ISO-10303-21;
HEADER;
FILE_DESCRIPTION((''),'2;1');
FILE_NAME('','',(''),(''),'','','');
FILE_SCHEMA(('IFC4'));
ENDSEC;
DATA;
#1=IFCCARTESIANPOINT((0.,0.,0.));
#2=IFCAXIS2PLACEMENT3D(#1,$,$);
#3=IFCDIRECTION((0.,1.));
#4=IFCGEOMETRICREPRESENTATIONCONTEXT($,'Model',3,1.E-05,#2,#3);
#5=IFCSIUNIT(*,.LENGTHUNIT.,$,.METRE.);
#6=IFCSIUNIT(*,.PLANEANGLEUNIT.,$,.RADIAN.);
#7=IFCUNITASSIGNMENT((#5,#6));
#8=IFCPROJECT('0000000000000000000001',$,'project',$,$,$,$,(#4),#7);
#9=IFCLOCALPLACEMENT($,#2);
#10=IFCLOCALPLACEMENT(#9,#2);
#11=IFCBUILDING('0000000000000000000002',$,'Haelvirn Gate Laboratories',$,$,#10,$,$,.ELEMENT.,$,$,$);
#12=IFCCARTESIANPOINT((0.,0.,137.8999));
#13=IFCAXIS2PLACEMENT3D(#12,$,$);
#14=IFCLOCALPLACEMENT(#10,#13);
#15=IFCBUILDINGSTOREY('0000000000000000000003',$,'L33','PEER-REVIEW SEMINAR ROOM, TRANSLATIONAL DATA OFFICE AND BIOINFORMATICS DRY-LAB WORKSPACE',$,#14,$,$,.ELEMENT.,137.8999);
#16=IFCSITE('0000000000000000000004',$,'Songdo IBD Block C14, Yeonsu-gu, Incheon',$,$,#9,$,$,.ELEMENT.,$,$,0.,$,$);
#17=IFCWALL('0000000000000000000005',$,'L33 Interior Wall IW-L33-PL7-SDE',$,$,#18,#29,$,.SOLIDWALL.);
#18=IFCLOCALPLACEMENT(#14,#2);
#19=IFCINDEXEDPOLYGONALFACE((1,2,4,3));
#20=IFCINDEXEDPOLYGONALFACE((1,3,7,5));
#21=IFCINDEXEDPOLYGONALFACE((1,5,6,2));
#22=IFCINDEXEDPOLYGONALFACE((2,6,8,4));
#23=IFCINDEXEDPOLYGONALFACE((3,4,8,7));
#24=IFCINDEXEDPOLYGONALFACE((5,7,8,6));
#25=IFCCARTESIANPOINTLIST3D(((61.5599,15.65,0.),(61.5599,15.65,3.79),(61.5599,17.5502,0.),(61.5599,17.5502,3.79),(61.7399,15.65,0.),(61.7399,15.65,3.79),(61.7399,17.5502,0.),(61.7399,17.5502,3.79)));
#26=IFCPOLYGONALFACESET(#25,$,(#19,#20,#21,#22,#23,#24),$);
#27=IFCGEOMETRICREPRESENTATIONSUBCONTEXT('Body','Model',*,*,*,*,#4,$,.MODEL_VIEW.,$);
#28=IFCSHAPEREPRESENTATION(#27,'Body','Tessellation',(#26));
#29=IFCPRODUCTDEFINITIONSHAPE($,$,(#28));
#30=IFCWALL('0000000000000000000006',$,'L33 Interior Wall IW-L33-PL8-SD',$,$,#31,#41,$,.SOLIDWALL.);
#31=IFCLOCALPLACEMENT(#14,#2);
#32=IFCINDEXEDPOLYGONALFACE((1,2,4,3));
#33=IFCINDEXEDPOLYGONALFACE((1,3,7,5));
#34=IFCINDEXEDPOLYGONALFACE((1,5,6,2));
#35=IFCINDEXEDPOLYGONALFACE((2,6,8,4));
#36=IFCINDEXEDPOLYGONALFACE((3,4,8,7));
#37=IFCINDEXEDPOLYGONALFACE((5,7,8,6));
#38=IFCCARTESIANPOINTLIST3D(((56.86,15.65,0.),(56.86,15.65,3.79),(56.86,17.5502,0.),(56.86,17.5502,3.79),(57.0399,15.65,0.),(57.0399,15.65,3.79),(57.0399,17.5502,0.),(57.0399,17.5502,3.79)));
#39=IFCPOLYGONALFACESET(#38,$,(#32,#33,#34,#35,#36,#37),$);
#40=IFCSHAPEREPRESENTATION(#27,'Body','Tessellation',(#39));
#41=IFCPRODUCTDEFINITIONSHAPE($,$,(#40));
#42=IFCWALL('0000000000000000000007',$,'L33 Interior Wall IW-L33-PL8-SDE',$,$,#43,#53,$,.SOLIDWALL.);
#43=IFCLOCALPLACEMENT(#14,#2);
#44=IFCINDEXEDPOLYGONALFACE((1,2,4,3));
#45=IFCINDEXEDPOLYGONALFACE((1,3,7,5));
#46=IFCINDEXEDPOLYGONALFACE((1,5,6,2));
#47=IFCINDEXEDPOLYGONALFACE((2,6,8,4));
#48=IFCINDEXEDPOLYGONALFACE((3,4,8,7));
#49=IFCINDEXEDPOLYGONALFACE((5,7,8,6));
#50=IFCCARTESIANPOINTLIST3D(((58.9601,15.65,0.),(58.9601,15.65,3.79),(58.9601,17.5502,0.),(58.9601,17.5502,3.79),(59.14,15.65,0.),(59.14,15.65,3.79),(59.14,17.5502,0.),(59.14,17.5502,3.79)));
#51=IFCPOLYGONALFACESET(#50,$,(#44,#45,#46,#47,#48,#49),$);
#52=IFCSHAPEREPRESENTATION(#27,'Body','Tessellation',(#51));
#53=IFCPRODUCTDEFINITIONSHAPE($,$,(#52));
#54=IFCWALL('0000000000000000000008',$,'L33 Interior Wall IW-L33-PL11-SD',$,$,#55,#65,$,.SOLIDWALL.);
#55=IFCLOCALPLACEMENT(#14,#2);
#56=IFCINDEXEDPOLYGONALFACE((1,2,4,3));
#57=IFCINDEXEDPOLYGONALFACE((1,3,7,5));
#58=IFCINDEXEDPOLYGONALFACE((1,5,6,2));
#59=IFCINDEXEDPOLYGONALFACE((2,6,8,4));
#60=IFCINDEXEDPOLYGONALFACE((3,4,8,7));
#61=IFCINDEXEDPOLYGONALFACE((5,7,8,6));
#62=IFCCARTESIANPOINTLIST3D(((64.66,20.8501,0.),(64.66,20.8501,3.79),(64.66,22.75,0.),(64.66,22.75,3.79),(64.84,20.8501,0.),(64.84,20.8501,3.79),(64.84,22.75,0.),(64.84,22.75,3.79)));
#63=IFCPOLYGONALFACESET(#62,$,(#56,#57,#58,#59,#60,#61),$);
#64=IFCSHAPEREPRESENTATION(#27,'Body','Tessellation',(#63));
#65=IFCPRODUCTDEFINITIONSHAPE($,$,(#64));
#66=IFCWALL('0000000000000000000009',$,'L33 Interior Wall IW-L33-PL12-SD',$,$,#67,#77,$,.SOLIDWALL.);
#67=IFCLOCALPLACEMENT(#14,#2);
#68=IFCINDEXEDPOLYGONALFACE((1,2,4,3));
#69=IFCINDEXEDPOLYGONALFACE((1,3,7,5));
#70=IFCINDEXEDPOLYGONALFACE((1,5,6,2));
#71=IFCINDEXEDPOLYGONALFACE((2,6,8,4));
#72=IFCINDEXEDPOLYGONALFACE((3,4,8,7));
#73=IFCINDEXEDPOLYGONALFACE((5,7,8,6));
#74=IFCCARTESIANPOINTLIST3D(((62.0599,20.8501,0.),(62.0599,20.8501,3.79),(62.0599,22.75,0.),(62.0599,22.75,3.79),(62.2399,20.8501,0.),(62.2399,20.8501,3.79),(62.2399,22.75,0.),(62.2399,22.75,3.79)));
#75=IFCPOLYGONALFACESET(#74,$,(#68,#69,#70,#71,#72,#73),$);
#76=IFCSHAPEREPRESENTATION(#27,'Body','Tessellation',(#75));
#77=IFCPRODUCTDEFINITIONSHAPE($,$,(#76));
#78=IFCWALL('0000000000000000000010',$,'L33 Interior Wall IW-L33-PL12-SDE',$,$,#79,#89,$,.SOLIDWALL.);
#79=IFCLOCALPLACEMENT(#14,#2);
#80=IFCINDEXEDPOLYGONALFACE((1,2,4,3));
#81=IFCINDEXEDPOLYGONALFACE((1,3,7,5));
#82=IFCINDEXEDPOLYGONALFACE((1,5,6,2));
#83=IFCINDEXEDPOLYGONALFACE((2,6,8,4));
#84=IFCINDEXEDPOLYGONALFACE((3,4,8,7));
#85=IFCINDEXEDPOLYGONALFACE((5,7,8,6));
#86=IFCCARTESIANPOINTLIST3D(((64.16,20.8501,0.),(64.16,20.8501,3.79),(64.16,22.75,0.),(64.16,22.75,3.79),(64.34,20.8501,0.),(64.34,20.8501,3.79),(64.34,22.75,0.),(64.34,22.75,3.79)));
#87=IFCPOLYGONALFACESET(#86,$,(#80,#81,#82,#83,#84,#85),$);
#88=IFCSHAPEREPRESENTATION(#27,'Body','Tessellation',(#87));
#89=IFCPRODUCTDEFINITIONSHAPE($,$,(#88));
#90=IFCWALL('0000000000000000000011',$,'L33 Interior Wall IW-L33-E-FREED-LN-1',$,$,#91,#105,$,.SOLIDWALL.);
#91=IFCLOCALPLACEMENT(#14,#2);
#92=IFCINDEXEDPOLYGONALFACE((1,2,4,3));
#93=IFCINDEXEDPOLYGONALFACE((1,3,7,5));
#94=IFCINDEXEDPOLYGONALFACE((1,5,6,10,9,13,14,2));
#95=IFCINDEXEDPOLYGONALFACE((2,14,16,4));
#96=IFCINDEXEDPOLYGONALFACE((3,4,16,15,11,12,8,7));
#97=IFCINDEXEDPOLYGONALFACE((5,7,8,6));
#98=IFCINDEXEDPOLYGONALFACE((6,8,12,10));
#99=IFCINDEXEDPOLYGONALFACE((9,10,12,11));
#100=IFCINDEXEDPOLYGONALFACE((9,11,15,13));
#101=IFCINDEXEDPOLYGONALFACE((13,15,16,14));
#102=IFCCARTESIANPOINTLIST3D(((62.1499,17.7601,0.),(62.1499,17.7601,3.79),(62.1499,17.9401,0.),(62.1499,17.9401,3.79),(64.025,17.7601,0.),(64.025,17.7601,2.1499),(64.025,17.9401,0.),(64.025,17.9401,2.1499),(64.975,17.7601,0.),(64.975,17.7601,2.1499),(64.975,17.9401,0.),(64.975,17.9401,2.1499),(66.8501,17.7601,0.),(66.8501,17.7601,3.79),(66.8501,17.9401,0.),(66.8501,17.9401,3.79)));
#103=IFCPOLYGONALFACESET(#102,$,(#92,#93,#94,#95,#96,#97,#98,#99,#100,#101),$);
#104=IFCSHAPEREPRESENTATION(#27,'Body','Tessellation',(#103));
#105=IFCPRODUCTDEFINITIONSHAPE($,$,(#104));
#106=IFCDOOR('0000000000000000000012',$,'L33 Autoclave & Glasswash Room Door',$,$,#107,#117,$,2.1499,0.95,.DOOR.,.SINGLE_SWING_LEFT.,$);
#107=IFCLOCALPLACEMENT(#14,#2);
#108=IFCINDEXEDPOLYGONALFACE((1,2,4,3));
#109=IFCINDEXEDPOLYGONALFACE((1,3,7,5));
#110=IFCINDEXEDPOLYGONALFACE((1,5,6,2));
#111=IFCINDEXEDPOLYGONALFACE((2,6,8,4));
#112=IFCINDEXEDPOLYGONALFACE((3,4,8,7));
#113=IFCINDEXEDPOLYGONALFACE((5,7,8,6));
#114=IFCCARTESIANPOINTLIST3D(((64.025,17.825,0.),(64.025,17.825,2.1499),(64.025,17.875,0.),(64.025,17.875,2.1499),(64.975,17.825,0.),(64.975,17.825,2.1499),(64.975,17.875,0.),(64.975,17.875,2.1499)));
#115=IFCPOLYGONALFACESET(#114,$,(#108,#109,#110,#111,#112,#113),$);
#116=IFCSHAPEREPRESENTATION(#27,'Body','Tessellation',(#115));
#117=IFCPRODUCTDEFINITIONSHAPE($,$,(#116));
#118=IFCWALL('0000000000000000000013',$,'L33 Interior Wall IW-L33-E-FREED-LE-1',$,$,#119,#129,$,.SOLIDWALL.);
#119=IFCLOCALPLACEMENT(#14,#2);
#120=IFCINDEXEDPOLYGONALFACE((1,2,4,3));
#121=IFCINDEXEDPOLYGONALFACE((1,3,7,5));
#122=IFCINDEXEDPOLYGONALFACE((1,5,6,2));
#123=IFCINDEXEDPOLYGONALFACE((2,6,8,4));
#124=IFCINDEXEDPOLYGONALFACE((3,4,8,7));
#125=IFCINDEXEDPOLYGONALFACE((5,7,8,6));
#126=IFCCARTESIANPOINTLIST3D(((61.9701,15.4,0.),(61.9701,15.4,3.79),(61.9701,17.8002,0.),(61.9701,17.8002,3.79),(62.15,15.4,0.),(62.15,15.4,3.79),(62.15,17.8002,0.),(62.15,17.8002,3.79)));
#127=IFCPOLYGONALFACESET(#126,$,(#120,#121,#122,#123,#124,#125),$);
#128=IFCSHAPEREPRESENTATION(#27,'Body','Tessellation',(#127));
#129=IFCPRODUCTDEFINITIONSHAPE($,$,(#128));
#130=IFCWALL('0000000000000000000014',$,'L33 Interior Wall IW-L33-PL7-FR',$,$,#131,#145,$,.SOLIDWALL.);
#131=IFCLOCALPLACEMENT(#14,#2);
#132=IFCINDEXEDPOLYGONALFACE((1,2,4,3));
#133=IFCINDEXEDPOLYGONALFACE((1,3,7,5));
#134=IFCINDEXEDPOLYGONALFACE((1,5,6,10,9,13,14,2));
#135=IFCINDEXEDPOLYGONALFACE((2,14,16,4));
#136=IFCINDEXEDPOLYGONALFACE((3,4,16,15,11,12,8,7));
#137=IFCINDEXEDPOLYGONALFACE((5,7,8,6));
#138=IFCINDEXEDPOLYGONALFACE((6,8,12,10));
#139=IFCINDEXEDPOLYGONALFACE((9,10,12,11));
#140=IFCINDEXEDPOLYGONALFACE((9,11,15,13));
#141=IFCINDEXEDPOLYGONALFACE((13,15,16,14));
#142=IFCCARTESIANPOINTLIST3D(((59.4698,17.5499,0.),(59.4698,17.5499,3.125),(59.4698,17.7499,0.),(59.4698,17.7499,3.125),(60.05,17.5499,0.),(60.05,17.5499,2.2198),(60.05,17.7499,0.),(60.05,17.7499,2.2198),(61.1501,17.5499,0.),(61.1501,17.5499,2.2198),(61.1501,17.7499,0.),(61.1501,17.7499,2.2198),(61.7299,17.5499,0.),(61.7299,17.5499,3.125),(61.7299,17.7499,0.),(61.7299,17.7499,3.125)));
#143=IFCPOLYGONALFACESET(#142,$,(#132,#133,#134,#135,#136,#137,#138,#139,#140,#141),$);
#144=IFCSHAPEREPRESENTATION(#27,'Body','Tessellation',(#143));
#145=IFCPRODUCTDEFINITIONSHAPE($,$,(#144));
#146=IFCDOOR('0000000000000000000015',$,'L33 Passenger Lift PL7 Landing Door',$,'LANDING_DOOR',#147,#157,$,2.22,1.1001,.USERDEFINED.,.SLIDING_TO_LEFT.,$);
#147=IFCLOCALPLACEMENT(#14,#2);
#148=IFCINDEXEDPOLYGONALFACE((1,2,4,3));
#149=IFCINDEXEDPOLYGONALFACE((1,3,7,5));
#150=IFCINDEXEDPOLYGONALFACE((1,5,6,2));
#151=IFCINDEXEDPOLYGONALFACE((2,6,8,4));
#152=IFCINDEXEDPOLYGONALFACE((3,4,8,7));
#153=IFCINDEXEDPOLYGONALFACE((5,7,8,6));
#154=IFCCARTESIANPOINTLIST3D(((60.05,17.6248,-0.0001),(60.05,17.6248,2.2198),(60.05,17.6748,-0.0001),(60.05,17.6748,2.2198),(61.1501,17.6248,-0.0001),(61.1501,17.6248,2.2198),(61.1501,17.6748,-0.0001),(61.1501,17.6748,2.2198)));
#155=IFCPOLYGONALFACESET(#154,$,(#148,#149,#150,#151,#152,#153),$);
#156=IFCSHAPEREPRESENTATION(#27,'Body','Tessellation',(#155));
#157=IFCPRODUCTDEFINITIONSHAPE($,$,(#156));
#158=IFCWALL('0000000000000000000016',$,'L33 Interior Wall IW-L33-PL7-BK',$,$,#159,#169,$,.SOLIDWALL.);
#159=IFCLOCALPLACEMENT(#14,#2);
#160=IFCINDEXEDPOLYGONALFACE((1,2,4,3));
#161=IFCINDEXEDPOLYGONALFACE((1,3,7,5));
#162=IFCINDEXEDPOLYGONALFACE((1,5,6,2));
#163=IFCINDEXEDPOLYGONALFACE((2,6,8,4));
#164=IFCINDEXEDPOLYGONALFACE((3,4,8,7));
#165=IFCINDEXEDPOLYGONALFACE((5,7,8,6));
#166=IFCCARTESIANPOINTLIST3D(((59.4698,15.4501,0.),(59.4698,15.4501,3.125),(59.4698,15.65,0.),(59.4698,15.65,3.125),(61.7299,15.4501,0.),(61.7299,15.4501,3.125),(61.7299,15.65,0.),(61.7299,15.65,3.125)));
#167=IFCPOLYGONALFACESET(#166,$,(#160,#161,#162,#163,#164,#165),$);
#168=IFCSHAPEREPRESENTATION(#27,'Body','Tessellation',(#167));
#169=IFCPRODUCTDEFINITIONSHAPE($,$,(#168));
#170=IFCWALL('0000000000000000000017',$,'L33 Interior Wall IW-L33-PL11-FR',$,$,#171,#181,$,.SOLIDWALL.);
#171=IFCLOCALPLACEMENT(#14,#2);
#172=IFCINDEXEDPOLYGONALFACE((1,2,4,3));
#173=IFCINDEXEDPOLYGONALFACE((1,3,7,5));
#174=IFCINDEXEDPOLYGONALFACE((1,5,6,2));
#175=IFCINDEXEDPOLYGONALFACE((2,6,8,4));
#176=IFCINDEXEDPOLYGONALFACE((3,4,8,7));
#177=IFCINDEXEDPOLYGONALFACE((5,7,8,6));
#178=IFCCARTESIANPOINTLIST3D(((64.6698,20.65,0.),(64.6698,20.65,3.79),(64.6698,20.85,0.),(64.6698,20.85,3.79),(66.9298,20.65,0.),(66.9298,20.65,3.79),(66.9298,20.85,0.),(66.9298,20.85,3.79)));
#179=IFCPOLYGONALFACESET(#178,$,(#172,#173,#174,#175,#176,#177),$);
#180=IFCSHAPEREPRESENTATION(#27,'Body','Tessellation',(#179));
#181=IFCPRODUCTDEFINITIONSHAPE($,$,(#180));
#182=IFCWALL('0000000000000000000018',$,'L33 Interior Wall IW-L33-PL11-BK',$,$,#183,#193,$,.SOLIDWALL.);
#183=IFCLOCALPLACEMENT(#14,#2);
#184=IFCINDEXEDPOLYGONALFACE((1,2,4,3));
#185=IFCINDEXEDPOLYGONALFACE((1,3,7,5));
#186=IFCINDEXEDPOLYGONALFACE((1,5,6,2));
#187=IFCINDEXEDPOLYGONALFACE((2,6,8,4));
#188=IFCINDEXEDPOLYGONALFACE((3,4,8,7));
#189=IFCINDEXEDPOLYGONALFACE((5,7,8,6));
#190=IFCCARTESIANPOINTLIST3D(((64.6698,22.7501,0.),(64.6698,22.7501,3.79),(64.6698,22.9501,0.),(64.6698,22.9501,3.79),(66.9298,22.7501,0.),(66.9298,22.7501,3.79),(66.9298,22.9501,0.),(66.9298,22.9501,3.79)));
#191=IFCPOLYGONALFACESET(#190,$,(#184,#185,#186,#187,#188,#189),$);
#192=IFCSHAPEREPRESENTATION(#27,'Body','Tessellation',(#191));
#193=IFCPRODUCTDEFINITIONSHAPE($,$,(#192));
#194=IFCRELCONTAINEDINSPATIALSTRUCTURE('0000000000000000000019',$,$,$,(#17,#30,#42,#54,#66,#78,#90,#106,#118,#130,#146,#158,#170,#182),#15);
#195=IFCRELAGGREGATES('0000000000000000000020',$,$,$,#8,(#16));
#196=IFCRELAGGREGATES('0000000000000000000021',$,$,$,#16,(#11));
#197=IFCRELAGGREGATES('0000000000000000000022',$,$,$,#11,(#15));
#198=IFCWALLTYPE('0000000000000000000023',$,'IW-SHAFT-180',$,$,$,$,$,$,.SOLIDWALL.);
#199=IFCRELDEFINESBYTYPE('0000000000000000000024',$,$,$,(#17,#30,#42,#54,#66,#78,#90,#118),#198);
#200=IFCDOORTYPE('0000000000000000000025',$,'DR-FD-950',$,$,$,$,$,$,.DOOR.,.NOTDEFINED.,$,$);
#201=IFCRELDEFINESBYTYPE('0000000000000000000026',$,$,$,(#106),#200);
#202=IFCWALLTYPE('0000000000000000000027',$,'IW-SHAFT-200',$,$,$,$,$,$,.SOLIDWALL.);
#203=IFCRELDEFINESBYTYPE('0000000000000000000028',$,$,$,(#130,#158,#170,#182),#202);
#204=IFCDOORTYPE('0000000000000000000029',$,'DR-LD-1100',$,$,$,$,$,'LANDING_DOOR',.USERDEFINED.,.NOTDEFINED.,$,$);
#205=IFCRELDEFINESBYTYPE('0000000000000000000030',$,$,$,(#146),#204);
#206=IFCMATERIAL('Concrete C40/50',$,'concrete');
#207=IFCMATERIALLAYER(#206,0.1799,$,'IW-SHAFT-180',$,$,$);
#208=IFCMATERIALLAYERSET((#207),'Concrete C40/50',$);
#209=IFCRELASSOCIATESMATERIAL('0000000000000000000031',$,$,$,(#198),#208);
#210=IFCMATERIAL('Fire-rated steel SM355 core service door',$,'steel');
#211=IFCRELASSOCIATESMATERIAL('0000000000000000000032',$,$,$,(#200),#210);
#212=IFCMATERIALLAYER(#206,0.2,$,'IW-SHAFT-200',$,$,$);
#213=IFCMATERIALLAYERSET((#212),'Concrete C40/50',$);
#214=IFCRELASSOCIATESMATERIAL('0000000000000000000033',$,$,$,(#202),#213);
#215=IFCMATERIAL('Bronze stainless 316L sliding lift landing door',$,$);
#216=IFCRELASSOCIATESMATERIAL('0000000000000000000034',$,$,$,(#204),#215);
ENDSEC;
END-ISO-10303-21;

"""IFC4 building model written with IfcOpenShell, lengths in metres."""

from ifc_helpers import new_model, si_unit, direction, frame, frame_2d, origin, place, context, subcontext, project, spatial, rectangle, extrude, source, transform, mapped, material, layer, layer_set, type_object, type_shapes, element, fill, save


model = new_model("IFC4")

# Units and contexts
model_context = context("Model", 3, precision=1e-05, world=origin(), true_north=direction((0.0, 1.0)))
body_context = subcontext(model_context, "Body", "Model", "MODEL_VIEW")
ifc_project = project(units=[si_unit("LENGTHUNIT", "METRE"), si_unit("PLANEANGLEUNIT", "RADIAN")], contexts=[model_context])

# Site, building, storey
site_placement = place(None, origin())
site = spatial("IfcSite", under=ifc_project, at=site_placement, Name="Songdo IBD Block C14, Yeonsu-gu, Incheon", CompositionType="ELEMENT", RefElevation=0.0)
building_placement = place(site_placement, origin())
building = spatial("IfcBuilding", under=site, at=building_placement, Name="Haelvirn Gate Laboratories", CompositionType="ELEMENT")
storey_placement = place(building_placement, frame((0.0, 0.0, 137.8999)))
storey = spatial("IfcBuildingStorey", under=building, at=storey_placement, Name="L33", Description="PEER-REVIEW SEMINAR ROOM, TRANSLATIONAL DATA OFFICE AND BIOINFORMATICS DRY-LAB WORKSPACE", CompositionType="ELEMENT", Elevation=137.8999)

# Walls
ifc_material_1 = material(Name="Concrete C40/50", Category="concrete")
ifc_layer_1 = layer(ifc_material_1, 0.1799, Name="IW-SHAFT-180")
ifc_layer_set_1 = layer_set([ifc_layer_1], Name="Concrete C40/50")
wall_type_1 = type_object("IfcWallType", Name="IW-SHAFT-180", PredefinedType="SOLIDWALL", material=ifc_layer_set_1)
for number, where, z_axis, x_axis, name in (
    (1, (61.6499, 15.6499, 0.0), (0.0, 0.0, 1.0), (0.0, 1.0, 0.0), "L33 Interior Wall IW-L33-PL7-SDE"),
    (2, (56.95, 15.6499, 0.0), (0.0, 0.0, 1.0), (0.0, 1.0, 0.0), "L33 Interior Wall IW-L33-PL8-SD"),
    (3, (59.05, 15.6499, 0.0), (0.0, 0.0, 1.0), (0.0, 1.0, 0.0), "L33 Interior Wall IW-L33-PL8-SDE"),
):
    element("IfcWall", number, at=place(storey_placement, frame(where, z_axis=z_axis, x_axis=x_axis)), inside=storey, type_object=wall_type_1, Name=name, PredefinedType="SOLIDWALL", context=body_context, shape_type="SweptSolid", body=[
        extrude(rectangle(XDim=1.9001, YDim=0.1799, at=frame_2d((0.9502, 0.0))), origin(), (0.0, 0.0, 1.0), 3.79),
    ])
for number, where, z_axis, x_axis, name in (
    (4, (64.75, 20.8501, 0.0), (0.0, 0.0, 1.0), (0.0, 1.0, 0.0), "L33 Interior Wall IW-L33-PL11-SD"),
    (5, (62.1499, 20.8501, 0.0), (0.0, 0.0, 1.0), (0.0, 1.0, 0.0), "L33 Interior Wall IW-L33-PL12-SD"),
    (6, (64.25, 20.8501, 0.0), (0.0, 0.0, 1.0), (0.0, 1.0, 0.0), "L33 Interior Wall IW-L33-PL12-SDE"),
):
    element("IfcWall", number, at=place(storey_placement, frame(where, z_axis=z_axis, x_axis=x_axis)), inside=storey, type_object=wall_type_1, Name=name, PredefinedType="SOLIDWALL", context=body_context, shape_type="SweptSolid", body=[
        extrude(rectangle(XDim=1.8999, YDim=0.1799, at=frame_2d((0.95, 0.0))), origin(), (0.0, 0.0, 1.0), 3.79),
    ])

# Wall, opening, door
wall_1_placement = place(storey_placement, frame((62.1499, 17.8501, 0.0), z_axis=(0.0, 0.0, 1.0), x_axis=(1.0, 0.0, 0.0)))
wall_1 = element("IfcWall", 7, at=wall_1_placement, inside=storey, type_object=wall_type_1, Name="L33 Interior Wall IW-L33-E-FREED-LN-1", PredefinedType="SOLIDWALL", context=body_context, shape_type="SweptSolid", body=[
    extrude(rectangle(XDim=4.7002, YDim=0.1799, at=frame_2d((2.3501, 0.0))), origin(), (0.0, 0.0, 1.0), 3.79),
])
opening_1_placement = place(wall_1_placement, frame((1.875, 0.0, 0.0)))
opening_1 = element("IfcOpeningElement", 8, at=opening_1_placement, cuts=wall_1, PredefinedType="OPENING", context=body_context, shape_type="SweptSolid", body=[
    extrude(rectangle(XDim=0.95, YDim=2.1499, at=frame_2d((0.4751, 1.075))), frame((0.0, 0.1001, 0.0), z_axis=(0.0, -1.0, 0.0), x_axis=(1.0, 0.0, 0.0)), (0.0, 0.0, 1.0), 0.2),
])
ifc_material_2 = material(Name="Fire-rated steel SM355 core service door", Category="steel")
door_type_1 = type_object("IfcDoorType", Name="DR-FD-950", OperationType="NOTDEFINED", PredefinedType="DOOR", material=ifc_material_2)
shared_shape_1 = source(origin(), body_context, "Body", "SweptSolid", [
    extrude(rectangle(XDim=0.95, YDim=2.1499, at=frame_2d((0.4751, 1.075))), frame((0.0, 0.0249, 0.0), z_axis=(0.0, -1.0, 0.0), x_axis=(1.0, 0.0, 0.0)), (0.0, 0.0, 1.0), 0.05),
])
type_shapes(door_type_1, [shared_shape_1])
door_1_placement = place(opening_1_placement, origin())
door_1 = element("IfcDoor", 9, at=door_1_placement, inside=storey, type_object=door_type_1, Name="L33 Autoclave & Glasswash Room Door", OperationType="SINGLE_SWING_LEFT", OverallHeight=2.1499, OverallWidth=0.95, PredefinedType="DOOR", context=body_context, shape_type="MappedRepresentation", body=[
    mapped(shared_shape_1, transform((0.0, 0.0, 0.0), scale=1.0)),
])
fill(opening_1, door_1)

# Wall
wall_2_placement = place(storey_placement, frame((62.0601, 15.3999, 0.0), z_axis=(0.0, 0.0, 1.0), x_axis=(0.0, 1.0, 0.0)))
element("IfcWall", 10, at=wall_2_placement, inside=storey, type_object=wall_type_1, Name="L33 Interior Wall IW-L33-E-FREED-LE-1", PredefinedType="SOLIDWALL", context=body_context, shape_type="SweptSolid", body=[
    extrude(rectangle(XDim=2.4001, YDim=0.1799, at=frame_2d((1.2002, 0.0))), origin(), (0.0, 0.0, 1.0), 3.79),
])

# Wall, opening, door
ifc_layer_2 = layer(ifc_material_1, 0.2, Name="IW-SHAFT-200")
ifc_layer_set_2 = layer_set([ifc_layer_2], Name="Concrete C40/50")
wall_type_2 = type_object("IfcWallType", Name="IW-SHAFT-200", PredefinedType="SOLIDWALL", material=ifc_layer_set_2)
wall_3_placement = place(storey_placement, frame((59.47, 17.6499, 0.0), z_axis=(0.0, 0.0, 1.0), x_axis=(1.0, 0.0, 0.0)))
wall_3 = element("IfcWall", 11, at=wall_3_placement, inside=storey, type_object=wall_type_2, Name="L33 Interior Wall IW-L33-PL7-FR", PredefinedType="SOLIDWALL", context=body_context, shape_type="SweptSolid", body=[
    extrude(rectangle(XDim=2.26, YDim=0.2, at=frame_2d((1.1299, 0.0))), origin(), (0.0, 0.0, 1.0), 3.125),
])
opening_2_placement = place(wall_3_placement, frame((0.5801, 0.0, 0.0)))
opening_2 = element("IfcOpeningElement", 12, at=opening_2_placement, cuts=wall_3, PredefinedType="OPENING", context=body_context, shape_type="SweptSolid", body=[
    extrude(rectangle(XDim=1.1001, YDim=2.22, at=frame_2d((0.55, 1.1099))), frame((0.0, 0.1099, 0.0), z_axis=(0.0, -1.0, 0.0), x_axis=(1.0, 0.0, 0.0)), (0.0, 0.0, 1.0), 0.22),
])
ifc_material_3 = material(Name="Bronze stainless 316L sliding lift landing door")
door_type_2 = type_object("IfcDoorType", Name="DR-LD-1100", ElementType="LANDING_DOOR", OperationType="NOTDEFINED", PredefinedType="USERDEFINED", material=ifc_material_3)
shared_shape_2 = source(origin(), body_context, "Body", "SweptSolid", [
    extrude(rectangle(XDim=1.1001, YDim=2.22, at=frame_2d((0.55, 1.1099))), frame((0.0, 0.0249, 0.0), z_axis=(0.0, -1.0, 0.0), x_axis=(1.0, 0.0, 0.0)), (0.0, 0.0, 1.0), 0.05),
])
type_shapes(door_type_2, [shared_shape_2])
door_2_placement = place(opening_2_placement, origin())
door_2 = element("IfcDoor", 13, at=door_2_placement, inside=storey, type_object=door_type_2, Name="L33 Passenger Lift PL7 Landing Door", ObjectType="LANDING_DOOR", OperationType="SLIDING_TO_LEFT", OverallHeight=2.22, OverallWidth=1.1001, PredefinedType="USERDEFINED", context=body_context, shape_type="MappedRepresentation", body=[
    mapped(shared_shape_2, transform((0.0, 0.0, 0.0), scale=1.0)),
])
fill(opening_2, door_2)

# Walls
wall_4_placement = place(storey_placement, frame((59.47, 15.55, 0.0), z_axis=(0.0, 0.0, 1.0), x_axis=(1.0, 0.0, 0.0)))
element("IfcWall", 14, at=wall_4_placement, inside=storey, type_object=wall_type_2, Name="L33 Interior Wall IW-L33-PL7-BK", PredefinedType="SOLIDWALL", context=body_context, shape_type="SweptSolid", body=[
    extrude(rectangle(XDim=2.26, YDim=0.2, at=frame_2d((1.1299, 0.0))), origin(), (0.0, 0.0, 1.0), 3.125),
])
for number, where, z_axis, x_axis, name in (
    (15, (64.6699, 20.75, 0.0), (0.0, 0.0, 1.0), (1.0, 0.0, 0.0), "L33 Interior Wall IW-L33-PL11-FR"),
    (16, (64.6699, 22.8501, 0.0), (0.0, 0.0, 1.0), (1.0, 0.0, 0.0), "L33 Interior Wall IW-L33-PL11-BK"),
):
    element("IfcWall", number, at=place(storey_placement, frame(where, z_axis=z_axis, x_axis=x_axis)), inside=storey, type_object=wall_type_2, Name=name, PredefinedType="SOLIDWALL", context=body_context, shape_type="SweptSolid", body=[
        extrude(rectangle(XDim=2.26, YDim=0.2, at=frame_2d((1.1299, 0.0))), origin(), (0.0, 0.0, 1.0), 3.79),
    ])

save(model, "model.ifc")
